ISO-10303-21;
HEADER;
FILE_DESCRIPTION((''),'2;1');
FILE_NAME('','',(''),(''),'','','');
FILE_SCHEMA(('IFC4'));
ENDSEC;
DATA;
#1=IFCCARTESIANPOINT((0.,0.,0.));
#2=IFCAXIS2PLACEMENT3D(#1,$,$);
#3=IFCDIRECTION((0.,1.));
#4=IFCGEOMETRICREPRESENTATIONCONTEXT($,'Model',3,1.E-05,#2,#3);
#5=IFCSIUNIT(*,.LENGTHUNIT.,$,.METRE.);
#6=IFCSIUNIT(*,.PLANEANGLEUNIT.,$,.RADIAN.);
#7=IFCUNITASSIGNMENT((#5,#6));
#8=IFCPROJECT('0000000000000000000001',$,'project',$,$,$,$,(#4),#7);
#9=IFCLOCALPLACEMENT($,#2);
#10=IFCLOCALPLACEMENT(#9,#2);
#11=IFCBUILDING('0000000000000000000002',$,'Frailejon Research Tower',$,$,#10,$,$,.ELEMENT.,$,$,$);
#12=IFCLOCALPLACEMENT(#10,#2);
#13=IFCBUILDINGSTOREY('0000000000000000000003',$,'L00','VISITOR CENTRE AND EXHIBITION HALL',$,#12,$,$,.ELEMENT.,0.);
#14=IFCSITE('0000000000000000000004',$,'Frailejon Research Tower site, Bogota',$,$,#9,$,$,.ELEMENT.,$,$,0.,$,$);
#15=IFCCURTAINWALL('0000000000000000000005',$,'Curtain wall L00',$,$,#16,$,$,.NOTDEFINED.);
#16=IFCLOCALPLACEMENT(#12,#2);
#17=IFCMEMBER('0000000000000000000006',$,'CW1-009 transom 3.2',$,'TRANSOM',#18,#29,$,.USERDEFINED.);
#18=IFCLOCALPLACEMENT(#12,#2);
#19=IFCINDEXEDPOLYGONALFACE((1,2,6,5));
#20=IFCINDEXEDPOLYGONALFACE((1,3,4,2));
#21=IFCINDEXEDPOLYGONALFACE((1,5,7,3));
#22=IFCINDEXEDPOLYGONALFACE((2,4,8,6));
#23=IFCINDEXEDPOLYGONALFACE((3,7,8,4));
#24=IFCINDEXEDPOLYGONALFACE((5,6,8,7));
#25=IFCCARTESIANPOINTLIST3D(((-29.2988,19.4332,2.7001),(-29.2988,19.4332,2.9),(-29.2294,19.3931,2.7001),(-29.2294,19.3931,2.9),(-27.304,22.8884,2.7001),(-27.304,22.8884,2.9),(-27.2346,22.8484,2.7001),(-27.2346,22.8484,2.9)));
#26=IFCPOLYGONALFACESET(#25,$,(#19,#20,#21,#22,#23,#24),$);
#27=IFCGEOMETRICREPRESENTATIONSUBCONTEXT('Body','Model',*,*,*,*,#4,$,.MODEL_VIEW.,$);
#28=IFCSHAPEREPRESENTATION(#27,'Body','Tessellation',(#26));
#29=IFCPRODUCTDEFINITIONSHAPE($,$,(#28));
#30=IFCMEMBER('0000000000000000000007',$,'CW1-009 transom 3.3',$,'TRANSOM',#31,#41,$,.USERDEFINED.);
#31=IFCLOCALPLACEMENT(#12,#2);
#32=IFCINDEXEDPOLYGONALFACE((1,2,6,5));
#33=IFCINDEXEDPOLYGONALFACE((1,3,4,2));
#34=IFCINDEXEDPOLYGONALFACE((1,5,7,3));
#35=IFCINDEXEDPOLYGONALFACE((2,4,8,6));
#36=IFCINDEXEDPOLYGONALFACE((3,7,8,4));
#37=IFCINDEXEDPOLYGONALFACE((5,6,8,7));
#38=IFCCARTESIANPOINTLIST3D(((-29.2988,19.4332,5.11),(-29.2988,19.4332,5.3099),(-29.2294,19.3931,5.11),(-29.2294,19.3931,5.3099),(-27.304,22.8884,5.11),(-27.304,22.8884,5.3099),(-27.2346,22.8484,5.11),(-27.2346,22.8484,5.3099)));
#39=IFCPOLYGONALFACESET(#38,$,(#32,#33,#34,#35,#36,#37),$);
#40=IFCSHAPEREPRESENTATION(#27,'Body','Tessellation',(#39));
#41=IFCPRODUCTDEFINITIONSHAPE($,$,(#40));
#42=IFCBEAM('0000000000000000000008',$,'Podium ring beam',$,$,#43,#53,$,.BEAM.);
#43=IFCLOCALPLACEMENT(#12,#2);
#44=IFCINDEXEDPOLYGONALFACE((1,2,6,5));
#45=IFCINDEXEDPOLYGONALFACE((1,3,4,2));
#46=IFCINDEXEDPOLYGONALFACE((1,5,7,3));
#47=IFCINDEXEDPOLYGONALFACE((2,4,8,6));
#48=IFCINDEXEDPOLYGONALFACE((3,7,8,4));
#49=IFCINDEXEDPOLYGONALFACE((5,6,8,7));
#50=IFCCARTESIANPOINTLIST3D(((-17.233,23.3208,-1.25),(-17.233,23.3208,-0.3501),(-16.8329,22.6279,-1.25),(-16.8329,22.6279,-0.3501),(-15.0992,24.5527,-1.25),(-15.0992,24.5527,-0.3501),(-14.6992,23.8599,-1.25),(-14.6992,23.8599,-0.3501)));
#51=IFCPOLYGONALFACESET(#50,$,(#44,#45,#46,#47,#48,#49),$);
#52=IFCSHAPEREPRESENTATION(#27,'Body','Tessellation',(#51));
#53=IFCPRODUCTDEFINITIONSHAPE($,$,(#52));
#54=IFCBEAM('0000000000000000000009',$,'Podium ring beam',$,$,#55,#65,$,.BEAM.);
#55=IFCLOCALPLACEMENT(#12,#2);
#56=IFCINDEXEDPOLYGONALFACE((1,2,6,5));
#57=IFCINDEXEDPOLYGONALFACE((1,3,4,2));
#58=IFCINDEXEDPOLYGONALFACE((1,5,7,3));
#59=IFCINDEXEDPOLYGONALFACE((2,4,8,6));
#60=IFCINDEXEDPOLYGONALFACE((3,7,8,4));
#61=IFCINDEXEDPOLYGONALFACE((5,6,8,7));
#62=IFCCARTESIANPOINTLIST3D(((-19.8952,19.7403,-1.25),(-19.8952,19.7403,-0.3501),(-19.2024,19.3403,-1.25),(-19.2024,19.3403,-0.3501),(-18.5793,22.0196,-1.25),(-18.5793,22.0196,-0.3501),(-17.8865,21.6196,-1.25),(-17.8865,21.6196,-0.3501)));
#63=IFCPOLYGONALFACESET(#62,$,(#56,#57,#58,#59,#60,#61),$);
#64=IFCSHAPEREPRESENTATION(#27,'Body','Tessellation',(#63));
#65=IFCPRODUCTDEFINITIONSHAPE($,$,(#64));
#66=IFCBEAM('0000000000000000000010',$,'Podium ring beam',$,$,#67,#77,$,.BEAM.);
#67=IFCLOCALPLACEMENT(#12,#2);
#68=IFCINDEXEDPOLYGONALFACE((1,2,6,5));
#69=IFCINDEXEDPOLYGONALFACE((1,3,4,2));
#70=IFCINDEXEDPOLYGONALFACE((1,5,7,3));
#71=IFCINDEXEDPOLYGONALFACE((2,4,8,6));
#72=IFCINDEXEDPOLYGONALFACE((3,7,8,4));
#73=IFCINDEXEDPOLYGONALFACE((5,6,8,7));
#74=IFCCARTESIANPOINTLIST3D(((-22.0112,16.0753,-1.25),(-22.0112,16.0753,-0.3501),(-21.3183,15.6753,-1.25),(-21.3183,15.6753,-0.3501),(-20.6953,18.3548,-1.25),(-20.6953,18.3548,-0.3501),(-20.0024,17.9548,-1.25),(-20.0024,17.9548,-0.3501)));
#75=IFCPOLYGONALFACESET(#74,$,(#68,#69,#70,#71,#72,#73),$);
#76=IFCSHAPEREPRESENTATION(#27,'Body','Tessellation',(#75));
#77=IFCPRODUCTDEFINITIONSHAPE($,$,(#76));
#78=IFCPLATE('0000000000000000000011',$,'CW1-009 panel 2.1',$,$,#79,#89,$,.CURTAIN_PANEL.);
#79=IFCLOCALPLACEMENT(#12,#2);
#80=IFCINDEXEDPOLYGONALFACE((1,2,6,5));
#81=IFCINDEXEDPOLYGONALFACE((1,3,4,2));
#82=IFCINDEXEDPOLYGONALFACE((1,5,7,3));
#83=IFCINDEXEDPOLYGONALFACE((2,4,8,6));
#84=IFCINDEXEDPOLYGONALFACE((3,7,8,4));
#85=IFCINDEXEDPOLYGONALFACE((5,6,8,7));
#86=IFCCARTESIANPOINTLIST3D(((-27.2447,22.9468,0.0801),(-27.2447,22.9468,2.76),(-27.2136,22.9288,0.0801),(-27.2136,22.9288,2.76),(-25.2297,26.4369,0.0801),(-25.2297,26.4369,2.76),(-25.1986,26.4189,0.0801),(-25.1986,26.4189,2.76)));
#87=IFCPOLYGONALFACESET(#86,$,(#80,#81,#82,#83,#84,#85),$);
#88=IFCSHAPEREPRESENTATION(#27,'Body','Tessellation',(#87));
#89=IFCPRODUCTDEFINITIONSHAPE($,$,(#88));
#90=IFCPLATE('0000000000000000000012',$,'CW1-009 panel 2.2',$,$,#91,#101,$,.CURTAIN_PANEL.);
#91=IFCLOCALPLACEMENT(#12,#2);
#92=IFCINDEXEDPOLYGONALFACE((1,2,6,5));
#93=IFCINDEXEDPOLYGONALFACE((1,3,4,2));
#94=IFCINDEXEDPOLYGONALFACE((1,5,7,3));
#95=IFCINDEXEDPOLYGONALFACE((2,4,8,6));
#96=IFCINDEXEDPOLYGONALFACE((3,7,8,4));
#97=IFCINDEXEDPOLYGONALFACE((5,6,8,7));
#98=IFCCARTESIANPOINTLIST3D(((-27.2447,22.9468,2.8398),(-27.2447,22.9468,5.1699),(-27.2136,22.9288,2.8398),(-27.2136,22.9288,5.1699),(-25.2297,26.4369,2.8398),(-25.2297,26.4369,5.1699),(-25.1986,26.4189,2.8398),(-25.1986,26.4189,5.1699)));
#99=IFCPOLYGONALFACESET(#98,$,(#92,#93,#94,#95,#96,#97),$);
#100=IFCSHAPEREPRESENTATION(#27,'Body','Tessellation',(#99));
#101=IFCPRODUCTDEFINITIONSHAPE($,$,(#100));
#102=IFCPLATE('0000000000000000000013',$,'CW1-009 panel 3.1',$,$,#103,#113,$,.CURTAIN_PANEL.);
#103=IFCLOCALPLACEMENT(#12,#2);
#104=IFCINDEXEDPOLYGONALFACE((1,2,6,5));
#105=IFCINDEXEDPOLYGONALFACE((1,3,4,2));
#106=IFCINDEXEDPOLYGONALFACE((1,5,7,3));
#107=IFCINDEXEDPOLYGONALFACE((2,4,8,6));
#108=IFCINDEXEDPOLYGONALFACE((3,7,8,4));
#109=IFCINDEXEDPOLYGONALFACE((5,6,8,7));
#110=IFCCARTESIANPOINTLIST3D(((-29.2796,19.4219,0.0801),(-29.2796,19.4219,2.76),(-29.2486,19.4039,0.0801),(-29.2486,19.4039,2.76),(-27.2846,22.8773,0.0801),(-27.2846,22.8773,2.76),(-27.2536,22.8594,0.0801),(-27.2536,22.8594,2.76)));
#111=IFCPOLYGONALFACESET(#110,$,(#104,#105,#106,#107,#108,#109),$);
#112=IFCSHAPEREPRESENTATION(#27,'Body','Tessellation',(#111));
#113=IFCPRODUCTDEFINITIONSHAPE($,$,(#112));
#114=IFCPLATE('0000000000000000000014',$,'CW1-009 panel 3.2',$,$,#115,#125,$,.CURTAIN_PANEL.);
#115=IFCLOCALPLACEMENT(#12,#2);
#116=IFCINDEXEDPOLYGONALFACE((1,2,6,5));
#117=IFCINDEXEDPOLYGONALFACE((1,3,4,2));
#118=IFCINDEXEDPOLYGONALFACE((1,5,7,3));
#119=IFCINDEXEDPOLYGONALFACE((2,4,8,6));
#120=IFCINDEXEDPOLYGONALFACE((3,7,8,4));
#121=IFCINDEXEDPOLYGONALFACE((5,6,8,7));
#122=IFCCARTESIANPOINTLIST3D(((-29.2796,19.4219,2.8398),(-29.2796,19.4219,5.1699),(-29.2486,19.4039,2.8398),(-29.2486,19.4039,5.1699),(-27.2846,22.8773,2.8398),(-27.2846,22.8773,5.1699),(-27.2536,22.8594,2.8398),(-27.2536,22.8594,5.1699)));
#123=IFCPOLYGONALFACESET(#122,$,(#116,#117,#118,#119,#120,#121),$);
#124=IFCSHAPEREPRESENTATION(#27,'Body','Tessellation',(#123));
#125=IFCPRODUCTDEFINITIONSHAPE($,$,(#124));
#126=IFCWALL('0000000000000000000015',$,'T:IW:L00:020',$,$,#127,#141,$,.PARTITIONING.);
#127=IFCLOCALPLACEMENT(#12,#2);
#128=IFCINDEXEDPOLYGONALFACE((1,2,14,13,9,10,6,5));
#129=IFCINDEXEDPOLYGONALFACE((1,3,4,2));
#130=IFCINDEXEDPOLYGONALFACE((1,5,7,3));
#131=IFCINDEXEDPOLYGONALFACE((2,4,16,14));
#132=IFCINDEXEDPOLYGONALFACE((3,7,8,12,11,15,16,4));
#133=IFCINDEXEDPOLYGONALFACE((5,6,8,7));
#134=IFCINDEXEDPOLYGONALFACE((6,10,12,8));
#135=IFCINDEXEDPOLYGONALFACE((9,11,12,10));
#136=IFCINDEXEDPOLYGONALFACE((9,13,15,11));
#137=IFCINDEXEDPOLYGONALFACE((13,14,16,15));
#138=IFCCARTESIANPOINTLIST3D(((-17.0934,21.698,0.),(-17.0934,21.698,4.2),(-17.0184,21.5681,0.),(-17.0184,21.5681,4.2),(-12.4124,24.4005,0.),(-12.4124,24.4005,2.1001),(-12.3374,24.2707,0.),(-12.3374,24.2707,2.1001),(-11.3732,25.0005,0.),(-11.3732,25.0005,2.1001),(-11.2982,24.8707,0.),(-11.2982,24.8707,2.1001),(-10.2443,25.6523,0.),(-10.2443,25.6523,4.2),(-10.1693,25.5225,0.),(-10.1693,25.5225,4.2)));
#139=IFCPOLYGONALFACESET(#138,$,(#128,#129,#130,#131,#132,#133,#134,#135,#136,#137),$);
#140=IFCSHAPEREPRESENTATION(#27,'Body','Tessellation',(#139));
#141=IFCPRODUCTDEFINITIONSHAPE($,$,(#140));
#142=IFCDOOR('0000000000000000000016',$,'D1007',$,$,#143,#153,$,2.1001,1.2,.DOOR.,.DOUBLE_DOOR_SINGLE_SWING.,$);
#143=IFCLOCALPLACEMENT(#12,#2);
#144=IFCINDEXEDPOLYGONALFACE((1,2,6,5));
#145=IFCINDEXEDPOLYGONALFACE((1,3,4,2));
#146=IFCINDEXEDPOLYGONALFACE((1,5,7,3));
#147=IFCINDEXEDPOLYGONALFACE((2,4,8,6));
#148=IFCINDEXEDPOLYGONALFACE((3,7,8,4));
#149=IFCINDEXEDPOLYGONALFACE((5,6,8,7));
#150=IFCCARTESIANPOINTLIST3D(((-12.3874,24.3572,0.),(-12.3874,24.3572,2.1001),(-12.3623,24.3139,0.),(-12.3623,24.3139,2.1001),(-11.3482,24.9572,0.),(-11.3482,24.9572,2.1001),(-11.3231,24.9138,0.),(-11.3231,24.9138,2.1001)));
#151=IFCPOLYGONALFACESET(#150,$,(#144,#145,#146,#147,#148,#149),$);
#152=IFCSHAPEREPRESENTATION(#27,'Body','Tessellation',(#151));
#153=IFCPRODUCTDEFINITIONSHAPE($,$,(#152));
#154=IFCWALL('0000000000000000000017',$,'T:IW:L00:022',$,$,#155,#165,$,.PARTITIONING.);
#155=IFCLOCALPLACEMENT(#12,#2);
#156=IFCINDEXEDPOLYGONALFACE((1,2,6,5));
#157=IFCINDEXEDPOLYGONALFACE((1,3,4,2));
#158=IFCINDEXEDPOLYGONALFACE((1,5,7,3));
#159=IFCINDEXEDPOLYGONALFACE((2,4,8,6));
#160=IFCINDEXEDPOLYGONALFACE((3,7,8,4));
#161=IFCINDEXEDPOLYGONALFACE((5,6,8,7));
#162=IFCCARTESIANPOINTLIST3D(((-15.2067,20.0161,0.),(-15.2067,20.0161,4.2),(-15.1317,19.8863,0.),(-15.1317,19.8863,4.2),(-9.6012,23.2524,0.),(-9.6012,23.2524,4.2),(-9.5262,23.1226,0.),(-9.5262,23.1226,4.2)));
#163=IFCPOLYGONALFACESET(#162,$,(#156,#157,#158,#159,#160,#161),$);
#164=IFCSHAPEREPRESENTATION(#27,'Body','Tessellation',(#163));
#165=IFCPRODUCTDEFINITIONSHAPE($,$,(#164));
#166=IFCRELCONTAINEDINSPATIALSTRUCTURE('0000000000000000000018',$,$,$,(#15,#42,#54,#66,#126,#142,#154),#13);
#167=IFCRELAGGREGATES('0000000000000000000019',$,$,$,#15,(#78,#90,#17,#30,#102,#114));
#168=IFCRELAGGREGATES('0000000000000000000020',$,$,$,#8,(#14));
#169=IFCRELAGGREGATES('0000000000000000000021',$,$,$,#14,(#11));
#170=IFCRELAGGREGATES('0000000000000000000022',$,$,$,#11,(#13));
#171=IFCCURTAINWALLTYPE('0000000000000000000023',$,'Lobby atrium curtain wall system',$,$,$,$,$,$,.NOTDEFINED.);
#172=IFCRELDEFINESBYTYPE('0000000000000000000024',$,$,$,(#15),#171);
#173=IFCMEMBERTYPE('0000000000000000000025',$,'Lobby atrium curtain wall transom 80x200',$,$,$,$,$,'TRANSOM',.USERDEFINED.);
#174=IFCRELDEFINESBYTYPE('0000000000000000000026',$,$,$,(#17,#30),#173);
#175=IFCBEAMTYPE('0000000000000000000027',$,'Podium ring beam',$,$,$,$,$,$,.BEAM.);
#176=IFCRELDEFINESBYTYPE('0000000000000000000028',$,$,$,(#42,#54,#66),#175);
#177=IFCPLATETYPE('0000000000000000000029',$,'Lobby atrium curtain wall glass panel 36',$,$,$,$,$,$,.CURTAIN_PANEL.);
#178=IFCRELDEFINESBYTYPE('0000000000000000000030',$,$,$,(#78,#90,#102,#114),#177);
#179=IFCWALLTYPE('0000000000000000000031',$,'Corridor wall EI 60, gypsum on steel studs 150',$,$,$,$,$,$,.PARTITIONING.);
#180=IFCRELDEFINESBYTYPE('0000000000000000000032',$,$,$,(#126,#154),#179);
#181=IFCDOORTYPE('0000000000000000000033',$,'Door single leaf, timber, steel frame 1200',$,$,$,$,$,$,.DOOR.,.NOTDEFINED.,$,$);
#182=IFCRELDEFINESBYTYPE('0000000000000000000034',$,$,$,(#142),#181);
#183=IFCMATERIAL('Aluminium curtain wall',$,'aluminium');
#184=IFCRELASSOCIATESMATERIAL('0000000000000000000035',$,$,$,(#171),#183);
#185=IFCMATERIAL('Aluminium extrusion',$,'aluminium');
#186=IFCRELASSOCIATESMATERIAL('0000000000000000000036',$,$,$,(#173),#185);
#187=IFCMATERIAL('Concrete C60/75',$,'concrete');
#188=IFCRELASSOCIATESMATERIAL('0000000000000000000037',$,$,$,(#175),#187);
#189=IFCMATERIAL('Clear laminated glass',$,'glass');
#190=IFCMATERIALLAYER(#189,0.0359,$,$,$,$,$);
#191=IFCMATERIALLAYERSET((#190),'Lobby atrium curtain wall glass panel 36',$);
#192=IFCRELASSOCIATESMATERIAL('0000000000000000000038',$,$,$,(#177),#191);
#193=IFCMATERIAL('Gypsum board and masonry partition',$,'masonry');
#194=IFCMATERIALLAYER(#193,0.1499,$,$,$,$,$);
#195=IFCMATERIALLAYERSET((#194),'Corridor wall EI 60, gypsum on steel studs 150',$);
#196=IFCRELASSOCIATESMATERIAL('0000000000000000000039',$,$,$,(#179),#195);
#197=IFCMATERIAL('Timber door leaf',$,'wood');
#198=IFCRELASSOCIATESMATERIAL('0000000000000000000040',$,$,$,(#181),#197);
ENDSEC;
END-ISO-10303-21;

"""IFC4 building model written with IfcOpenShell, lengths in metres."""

from ifc_helpers import new_model, si_unit, direction, frame, frame_2d, origin, origin_2d, place, context, subcontext, project, spatial, rectangle, extrude, material, layer, layer_set, material_profile, profile_set, type_object, element, fill, aggregate, save


model = new_model("IFC4")

# Units and contexts
model_context = context("Model", 3, precision=1e-05, world=origin(), true_north=direction((0.0, 1.0)))
body_context = subcontext(model_context, "Body", "Model", "MODEL_VIEW")
ifc_project = project(units=[si_unit("LENGTHUNIT", "METRE"), si_unit("PLANEANGLEUNIT", "RADIAN")], contexts=[model_context])

# Site, building, storey
site_placement = place(None, origin())
site = spatial("IfcSite", under=ifc_project, at=site_placement, Name="Frailejon Research Tower site, Bogota", CompositionType="ELEMENT", RefElevation=0.0)
building_placement = place(site_placement, origin())
building = spatial("IfcBuilding", under=site, at=building_placement, Name="Frailejon Research Tower", CompositionType="ELEMENT")
storey_placement = place(building_placement, origin())
storey = spatial("IfcBuildingStorey", under=building, at=storey_placement, Name="L00", Description="VISITOR CENTRE AND EXHIBITION HALL", CompositionType="ELEMENT", Elevation=0.0)

# Curtain wall
ifc_material_1 = material(Name="Aluminium curtain wall", Category="aluminium")
curtain_wall_type = type_object("IfcCurtainWallType", Name="Lobby atrium curtain wall system", PredefinedType="NOTDEFINED", material=ifc_material_1)
curtain_wall_1_placement = place(storey_placement, origin())
curtain_wall_1 = element("IfcCurtainWall", 1, at=curtain_wall_1_placement, inside=storey, type_object=curtain_wall_type, Name="Curtain wall L00", PredefinedType="NOTDEFINED")

# Members
ifc_material_2 = material(Name="Aluminium extrusion", Category="aluminium")
ifc_material_profile_1 = material_profile(ifc_material_2, rectangle(XDim=0.0801, YDim=0.2, at=origin_2d()), Name="Lobby atrium curtain wall transom 80x200")
ifc_profile_set_1 = profile_set([ifc_material_profile_1], Name="Aluminium extrusion")
member_type_1 = type_object("IfcMemberType", Name="Lobby atrium curtain wall transom 80x200", ElementType="TRANSOM", PredefinedType="USERDEFINED", material=ifc_profile_set_1)
member_1_placement = place(storey_placement, frame((-27.2693, 22.8684, 2.8), z_axis=(-0.499989, -0.866032, 0.0), x_axis=(0.866032, -0.499989, 0.0)))
member_1 = element("IfcMember", 2, at=member_1_placement, type_object=member_type_1, Name="CW1-009 transom 3.2", ObjectType="TRANSOM", PredefinedType="USERDEFINED", context=body_context, shape_type="SweptSolid", body=[
    extrude(rectangle(XDim=0.0801, YDim=0.2, at=origin_2d()), origin(), (0.0, 0.0, 1.0), 3.9897),
])
member_2_placement = place(storey_placement, frame((-27.2693, 22.8684, 5.21), z_axis=(-0.499989, -0.866032, 0.0), x_axis=(0.866032, -0.499989, 0.0)))
member_2 = element("IfcMember", 3, at=member_2_placement, type_object=member_type_1, Name="CW1-009 transom 3.3", ObjectType="TRANSOM", PredefinedType="USERDEFINED", context=body_context, shape_type="SweptSolid", body=[
    extrude(rectangle(XDim=0.0801, YDim=0.2, at=origin_2d()), origin(), (0.0, 0.0, 1.0), 3.9897),
])

# Beams
ifc_material_3 = material(Name="Concrete C60/75", Category="concrete")
ifc_material_profile_2 = material_profile(ifc_material_3, rectangle(XDim=0.8, YDim=0.8999, at=origin_2d()), Name="Podium ring beam")
ifc_profile_set_2 = profile_set([ifc_material_profile_2], Name="Concrete C60/75")
beam_type_1 = type_object("IfcBeamType", Name="Podium ring beam", PredefinedType="BEAM", material=ifc_profile_set_2)
beam_1_placement = place(storey_placement, frame((-14.8992, 24.2063, -0.8), z_axis=(-0.866027, -0.499997, 0.0), x_axis=(0.499997, -0.866027, 0.0)))
element("IfcBeam", 4, at=beam_1_placement, inside=storey, type_object=beam_type_1, Name="Podium ring beam", PredefinedType="BEAM", context=body_context, shape_type="SweptSolid", body=[
    extrude(rectangle(XDim=0.8, YDim=0.8999, at=origin_2d()), origin(), (0.0, 0.0, 1.0), 2.4639),
])
beam_2_placement = place(storey_placement, frame((-18.2329, 21.8196, -0.8), z_axis=(-0.49999, -0.866031, 0.0), x_axis=(0.866031, -0.49999, 0.0)))
element("IfcBeam", 5, at=beam_2_placement, inside=storey, type_object=beam_type_1, Name="Podium ring beam", PredefinedType="BEAM", context=body_context, shape_type="SweptSolid", body=[
    extrude(rectangle(XDim=0.8, YDim=0.8999, at=origin_2d()), origin(), (0.0, 0.0, 1.0), 2.6318),
])
beam_3_placement = place(storey_placement, frame((-20.3489, 18.1548, -0.8), z_axis=(-0.49995, -0.866054, 0.0), x_axis=(0.866054, -0.49995, 0.0)))
element("IfcBeam", 6, at=beam_3_placement, inside=storey, type_object=beam_type_1, Name="Podium ring beam", PredefinedType="BEAM", context=body_context, shape_type="SweptSolid", body=[
    extrude(rectangle(XDim=0.8, YDim=0.8999, at=origin_2d()), origin(), (0.0, 0.0, 1.0), 2.6321),
])

# Plates
ifc_material_4 = material(Name="Clear laminated glass", Category="glass")
ifc_layer_1 = layer(ifc_material_4, 0.0359)
ifc_layer_set_1 = layer_set([ifc_layer_1], Name="Lobby atrium curtain wall glass panel 36")
plate_type = type_object("IfcPlateType", Name="Lobby atrium curtain wall glass panel 36", PredefinedType="CURTAIN_PANEL", material=ifc_layer_set_1)
plate_1_placement = place(storey_placement, frame((-26.2217, 24.6829, 0.0801), z_axis=(0.0, 0.0, 1.0), x_axis=(-0.5, -0.866026, 0.0)))
plate_1 = element("IfcPlate", 7, at=plate_1_placement, type_object=plate_type, Name="CW1-009 panel 2.1", PredefinedType="CURTAIN_PANEL", context=body_context, shape_type="SweptSolid", body=[
    extrude(rectangle(XDim=4.03, YDim=0.0359, at=origin_2d()), origin(), (0.0, 0.0, 1.0), 2.6799),
])
plate_2_placement = place(storey_placement, frame((-26.2217, 24.6829, 2.8398), z_axis=(0.0, 0.0, 1.0), x_axis=(-0.5, -0.866026, 0.0)))
plate_2 = element("IfcPlate", 8, at=plate_2_placement, type_object=plate_type, Name="CW1-009 panel 2.2", PredefinedType="CURTAIN_PANEL", context=body_context, shape_type="SweptSolid", body=[
    extrude(rectangle(XDim=4.03, YDim=0.0359, at=origin_2d()), origin(), (0.0, 0.0, 1.0), 2.3301),
])
plate_3_placement = place(storey_placement, frame((-28.2666, 21.1406, 0.0801), z_axis=(0.0, 0.0, 1.0), x_axis=(-0.5, -0.866026, 0.0)))
plate_3 = element("IfcPlate", 9, at=plate_3_placement, type_object=plate_type, Name="CW1-009 panel 3.1", PredefinedType="CURTAIN_PANEL", context=body_context, shape_type="SweptSolid", body=[
    extrude(rectangle(XDim=3.99, YDim=0.0359, at=origin_2d()), origin(), (0.0, 0.0, 1.0), 2.6799),
])
plate_4_placement = place(storey_placement, frame((-28.2666, 21.1406, 2.8398), z_axis=(0.0, 0.0, 1.0), x_axis=(-0.5, -0.866026, 0.0)))
plate_4 = element("IfcPlate", 10, at=plate_4_placement, type_object=plate_type, Name="CW1-009 panel 3.2", PredefinedType="CURTAIN_PANEL", context=body_context, shape_type="SweptSolid", body=[
    extrude(rectangle(XDim=3.99, YDim=0.0359, at=origin_2d()), origin(), (0.0, 0.0, 1.0), 2.3301),
])
aggregate(curtain_wall_1, [plate_1, plate_2, member_1, member_2, plate_3, plate_4])

# Wall, opening, door
ifc_material_5 = material(Name="Gypsum board and masonry partition", Category="masonry")
ifc_layer_2 = layer(ifc_material_5, 0.1499)
ifc_layer_set_2 = layer_set([ifc_layer_2], Name="Corridor wall EI 60, gypsum on steel studs 150")
wall_type_1 = type_object("IfcWallType", Name="Corridor wall EI 60, gypsum on steel studs 150", PredefinedType="PARTITIONING", material=ifc_layer_set_2)
wall_1_placement = place(storey_placement, frame((-17.0559, 21.6331, 0.0), z_axis=(0.0, 0.0, 1.0), x_axis=(0.866025, 0.5, 0.0)))
wall_1 = element("IfcWall", 11, at=wall_1_placement, inside=storey, type_object=wall_type_1, Name="T:IW:L00:020", PredefinedType="PARTITIONING", context=body_context, shape_type="SweptSolid", body=[
    extrude(rectangle(XDim=7.9087, YDim=0.1499, at=frame_2d((3.9543, 0.0))), origin(), (0.0, 0.0, 1.0), 4.2),
])
opening_1_placement = place(wall_1_placement, frame((5.405, 0.0, 0.0)))
opening_1 = element("IfcOpeningElement", 12, at=opening_1_placement, cuts=wall_1, PredefinedType="OPENING", context=body_context, shape_type="SweptSolid", body=[
    extrude(rectangle(XDim=1.2, YDim=2.1001, at=frame_2d((0.6001, 1.05))), frame((0.0, 0.085, 0.0), z_axis=(0.0, -1.0, 0.0), x_axis=(1.0, 0.0, 0.0)), (0.0, 0.0, 1.0), 0.1699),
])
ifc_material_6 = material(Name="Timber door leaf", Category="wood")
door_type_1 = type_object("IfcDoorType", Name="Door single leaf, timber, steel frame 1200", OperationType="NOTDEFINED", PredefinedType="DOOR", material=ifc_material_6)
door_1_placement = place(opening_1_placement, origin())
door_1 = element("IfcDoor", 13, at=door_1_placement, inside=storey, type_object=door_type_1, Name="D1007", OperationType="DOUBLE_DOOR_SINGLE_SWING", OverallHeight=2.1001, OverallWidth=1.2, PredefinedType="DOOR", context=body_context, shape_type="SweptSolid", body=[
    extrude(rectangle(XDim=1.2, YDim=2.1001, at=frame_2d((0.6001, 1.05))), frame((0.0, 0.0249, 0.0), z_axis=(0.0, -1.0, 0.0), x_axis=(1.0, 0.0, 0.0)), (0.0, 0.0, 1.0), 0.05),
])
fill(opening_1, door_1)

# Wall
wall_2_placement = place(storey_placement, frame((-15.1692, 19.9512, 0.0), z_axis=(0.0, 0.0, 1.0), x_axis=(0.866025, 0.500001, 0.0)))
element("IfcWall", 14, at=wall_2_placement, inside=storey, type_object=wall_type_1, Name="T:IW:L00:022", PredefinedType="PARTITIONING", context=body_context, shape_type="SweptSolid", body=[
    extrude(rectangle(XDim=6.4727, YDim=0.1499, at=frame_2d((3.2363, 0.0))), origin(), (0.0, 0.0, 1.0), 4.2),
])

save(model, "model.ifc")
